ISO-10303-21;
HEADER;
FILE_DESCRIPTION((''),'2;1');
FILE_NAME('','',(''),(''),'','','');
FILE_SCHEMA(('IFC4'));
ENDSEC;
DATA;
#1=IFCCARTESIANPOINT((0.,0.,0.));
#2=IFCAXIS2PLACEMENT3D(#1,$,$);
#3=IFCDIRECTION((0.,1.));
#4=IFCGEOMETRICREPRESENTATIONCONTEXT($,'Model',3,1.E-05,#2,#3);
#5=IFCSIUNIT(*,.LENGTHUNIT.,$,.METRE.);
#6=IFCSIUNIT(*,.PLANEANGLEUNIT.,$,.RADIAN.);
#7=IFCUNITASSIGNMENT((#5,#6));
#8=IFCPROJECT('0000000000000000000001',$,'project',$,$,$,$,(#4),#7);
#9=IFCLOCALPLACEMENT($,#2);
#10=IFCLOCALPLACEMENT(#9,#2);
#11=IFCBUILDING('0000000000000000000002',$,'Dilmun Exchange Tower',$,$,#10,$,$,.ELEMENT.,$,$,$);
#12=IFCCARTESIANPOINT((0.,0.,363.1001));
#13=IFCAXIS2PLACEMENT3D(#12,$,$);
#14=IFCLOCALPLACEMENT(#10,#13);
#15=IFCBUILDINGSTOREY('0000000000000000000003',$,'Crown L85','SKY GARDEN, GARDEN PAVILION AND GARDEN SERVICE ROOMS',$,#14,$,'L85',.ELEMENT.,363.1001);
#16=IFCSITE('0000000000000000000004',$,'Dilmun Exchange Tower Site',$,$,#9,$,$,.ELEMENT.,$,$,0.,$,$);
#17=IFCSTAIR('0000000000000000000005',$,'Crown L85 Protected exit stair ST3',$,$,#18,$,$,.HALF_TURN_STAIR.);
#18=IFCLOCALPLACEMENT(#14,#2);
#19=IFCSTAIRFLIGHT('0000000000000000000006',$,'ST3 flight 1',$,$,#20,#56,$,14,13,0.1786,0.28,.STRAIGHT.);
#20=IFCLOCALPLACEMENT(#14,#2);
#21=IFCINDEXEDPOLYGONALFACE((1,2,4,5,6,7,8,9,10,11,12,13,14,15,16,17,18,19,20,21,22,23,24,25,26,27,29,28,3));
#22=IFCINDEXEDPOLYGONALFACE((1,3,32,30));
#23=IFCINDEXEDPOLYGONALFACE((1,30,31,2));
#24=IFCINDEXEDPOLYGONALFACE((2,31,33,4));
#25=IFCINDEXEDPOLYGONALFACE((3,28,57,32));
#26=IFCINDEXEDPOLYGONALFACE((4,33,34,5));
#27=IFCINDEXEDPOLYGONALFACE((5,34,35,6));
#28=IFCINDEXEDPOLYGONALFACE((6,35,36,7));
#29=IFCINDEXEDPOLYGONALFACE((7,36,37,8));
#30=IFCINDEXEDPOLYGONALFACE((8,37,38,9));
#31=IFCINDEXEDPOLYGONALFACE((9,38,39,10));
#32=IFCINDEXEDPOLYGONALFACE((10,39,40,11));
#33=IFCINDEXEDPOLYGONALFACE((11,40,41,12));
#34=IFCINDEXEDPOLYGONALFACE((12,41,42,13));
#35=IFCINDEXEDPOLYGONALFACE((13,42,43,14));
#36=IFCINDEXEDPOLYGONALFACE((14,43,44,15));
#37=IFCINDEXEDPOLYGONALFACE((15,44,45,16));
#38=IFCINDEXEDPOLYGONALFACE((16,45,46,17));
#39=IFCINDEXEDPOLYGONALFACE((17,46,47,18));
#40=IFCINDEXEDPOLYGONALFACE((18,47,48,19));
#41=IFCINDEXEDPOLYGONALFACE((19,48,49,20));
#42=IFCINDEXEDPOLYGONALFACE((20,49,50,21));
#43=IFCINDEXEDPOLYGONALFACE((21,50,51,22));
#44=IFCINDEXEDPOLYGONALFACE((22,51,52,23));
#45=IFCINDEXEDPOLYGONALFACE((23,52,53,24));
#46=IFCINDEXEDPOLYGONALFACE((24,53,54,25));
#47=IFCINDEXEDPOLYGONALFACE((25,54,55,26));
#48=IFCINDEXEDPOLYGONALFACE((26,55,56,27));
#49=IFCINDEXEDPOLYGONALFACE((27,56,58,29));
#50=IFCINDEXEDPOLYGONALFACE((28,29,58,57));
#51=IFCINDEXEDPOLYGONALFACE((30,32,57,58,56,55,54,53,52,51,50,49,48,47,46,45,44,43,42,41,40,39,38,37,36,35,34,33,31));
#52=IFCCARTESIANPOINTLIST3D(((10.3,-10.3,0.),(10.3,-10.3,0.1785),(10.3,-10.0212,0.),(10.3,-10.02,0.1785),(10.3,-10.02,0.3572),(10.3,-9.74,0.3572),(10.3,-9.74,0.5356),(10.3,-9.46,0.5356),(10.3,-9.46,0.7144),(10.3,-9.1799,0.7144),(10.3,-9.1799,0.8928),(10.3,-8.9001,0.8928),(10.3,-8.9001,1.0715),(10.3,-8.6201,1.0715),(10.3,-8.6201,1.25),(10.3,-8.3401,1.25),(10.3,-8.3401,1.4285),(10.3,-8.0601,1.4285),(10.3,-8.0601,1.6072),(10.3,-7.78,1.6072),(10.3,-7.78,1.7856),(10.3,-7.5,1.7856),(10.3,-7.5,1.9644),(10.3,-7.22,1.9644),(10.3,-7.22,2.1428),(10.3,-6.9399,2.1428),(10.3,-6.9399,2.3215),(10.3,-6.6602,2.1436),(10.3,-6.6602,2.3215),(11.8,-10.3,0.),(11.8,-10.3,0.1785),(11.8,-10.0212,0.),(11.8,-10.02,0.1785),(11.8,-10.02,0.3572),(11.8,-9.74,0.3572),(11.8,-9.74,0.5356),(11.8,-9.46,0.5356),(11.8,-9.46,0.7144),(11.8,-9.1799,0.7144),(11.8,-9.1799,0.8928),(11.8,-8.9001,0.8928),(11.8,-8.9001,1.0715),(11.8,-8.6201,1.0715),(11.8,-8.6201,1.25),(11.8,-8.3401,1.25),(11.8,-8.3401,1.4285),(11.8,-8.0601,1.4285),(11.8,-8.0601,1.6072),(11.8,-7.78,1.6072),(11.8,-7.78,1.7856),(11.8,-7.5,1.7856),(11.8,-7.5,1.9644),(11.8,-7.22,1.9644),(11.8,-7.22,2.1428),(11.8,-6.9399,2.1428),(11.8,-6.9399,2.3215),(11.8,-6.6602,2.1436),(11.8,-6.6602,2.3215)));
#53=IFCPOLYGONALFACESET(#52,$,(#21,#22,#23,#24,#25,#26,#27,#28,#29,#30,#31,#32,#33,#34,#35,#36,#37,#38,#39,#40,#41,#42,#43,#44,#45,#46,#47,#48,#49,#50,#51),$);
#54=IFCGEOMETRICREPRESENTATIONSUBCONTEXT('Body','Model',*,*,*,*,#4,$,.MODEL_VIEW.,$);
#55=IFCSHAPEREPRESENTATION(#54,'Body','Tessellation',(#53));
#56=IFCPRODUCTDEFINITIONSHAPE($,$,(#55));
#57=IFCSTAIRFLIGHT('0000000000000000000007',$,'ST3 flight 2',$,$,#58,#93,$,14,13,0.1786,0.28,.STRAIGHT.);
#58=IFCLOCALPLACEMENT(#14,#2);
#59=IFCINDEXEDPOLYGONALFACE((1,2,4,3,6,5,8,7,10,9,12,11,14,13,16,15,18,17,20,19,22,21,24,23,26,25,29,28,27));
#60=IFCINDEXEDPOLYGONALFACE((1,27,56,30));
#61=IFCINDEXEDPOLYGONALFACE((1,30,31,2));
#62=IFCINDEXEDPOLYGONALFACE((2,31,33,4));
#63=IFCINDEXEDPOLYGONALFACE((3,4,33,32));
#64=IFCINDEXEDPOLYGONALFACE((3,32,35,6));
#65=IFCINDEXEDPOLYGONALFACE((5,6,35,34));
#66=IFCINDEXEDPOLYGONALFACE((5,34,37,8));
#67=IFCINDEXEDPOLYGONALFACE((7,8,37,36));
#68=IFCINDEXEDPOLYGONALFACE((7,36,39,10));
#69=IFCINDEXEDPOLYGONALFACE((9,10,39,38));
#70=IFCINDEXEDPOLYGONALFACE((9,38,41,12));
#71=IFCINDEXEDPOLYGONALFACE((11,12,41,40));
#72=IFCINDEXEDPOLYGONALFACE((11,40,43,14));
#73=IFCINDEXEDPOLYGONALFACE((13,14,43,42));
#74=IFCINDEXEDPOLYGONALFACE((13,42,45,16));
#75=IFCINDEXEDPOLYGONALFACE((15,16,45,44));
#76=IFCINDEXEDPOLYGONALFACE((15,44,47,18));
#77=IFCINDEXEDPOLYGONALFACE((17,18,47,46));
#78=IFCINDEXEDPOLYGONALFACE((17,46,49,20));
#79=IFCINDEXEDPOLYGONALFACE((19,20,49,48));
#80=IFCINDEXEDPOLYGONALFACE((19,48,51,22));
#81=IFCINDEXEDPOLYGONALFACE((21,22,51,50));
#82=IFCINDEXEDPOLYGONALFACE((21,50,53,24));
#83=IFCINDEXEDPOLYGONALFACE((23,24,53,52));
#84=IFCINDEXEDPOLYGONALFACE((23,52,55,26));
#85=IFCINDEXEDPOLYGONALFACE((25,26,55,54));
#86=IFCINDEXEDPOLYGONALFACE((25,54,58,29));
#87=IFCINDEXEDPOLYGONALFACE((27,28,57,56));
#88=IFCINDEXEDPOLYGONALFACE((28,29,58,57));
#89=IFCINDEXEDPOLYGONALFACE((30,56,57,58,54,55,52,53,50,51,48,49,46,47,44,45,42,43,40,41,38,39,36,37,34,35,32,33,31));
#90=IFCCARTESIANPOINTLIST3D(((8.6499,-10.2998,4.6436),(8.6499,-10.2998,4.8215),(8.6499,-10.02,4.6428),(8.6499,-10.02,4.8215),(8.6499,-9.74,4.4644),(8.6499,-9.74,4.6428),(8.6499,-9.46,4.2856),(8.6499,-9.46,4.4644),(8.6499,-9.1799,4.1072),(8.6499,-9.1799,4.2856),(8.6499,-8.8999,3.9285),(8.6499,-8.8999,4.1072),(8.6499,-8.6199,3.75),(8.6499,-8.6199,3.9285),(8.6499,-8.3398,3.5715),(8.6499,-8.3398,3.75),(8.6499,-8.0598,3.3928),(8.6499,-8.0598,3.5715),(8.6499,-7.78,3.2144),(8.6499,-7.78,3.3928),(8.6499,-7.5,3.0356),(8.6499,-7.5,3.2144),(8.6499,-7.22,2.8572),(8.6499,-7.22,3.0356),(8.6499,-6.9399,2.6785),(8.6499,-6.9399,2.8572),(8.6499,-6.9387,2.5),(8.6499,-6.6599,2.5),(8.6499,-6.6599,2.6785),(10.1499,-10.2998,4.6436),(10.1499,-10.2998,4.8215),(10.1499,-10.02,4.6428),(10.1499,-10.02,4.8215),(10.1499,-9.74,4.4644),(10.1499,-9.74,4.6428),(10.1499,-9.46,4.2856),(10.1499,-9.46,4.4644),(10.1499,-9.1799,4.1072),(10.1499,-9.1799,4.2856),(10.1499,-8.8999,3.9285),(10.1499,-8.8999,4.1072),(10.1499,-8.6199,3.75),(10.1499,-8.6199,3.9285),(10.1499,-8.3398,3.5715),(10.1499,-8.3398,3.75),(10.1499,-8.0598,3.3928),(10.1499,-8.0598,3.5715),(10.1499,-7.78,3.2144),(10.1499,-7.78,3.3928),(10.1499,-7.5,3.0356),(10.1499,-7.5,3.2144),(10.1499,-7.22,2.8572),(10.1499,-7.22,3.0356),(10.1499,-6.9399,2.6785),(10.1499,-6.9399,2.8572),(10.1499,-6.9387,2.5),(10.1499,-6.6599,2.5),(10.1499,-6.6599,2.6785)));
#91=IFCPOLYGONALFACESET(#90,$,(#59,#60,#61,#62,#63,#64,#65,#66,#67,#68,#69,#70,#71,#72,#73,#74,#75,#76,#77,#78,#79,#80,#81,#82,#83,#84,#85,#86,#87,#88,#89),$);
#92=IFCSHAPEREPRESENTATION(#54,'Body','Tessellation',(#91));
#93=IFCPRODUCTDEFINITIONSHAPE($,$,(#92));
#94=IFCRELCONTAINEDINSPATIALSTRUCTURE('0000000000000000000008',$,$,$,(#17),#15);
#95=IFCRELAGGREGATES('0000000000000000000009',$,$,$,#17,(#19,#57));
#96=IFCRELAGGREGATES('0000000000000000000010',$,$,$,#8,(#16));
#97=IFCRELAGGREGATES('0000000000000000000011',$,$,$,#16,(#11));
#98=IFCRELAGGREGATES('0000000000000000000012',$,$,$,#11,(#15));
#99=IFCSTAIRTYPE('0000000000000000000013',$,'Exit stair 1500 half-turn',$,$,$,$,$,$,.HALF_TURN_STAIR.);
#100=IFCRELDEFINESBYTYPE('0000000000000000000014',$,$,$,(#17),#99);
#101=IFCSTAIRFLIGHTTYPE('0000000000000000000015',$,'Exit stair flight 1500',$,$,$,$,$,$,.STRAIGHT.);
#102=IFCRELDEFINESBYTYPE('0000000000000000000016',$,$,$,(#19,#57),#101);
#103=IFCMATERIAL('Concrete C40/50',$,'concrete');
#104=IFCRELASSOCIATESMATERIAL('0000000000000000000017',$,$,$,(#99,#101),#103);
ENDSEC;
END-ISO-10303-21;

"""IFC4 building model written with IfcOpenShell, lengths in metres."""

from ifc_helpers import new_model, si_unit, direction, frame, origin, place, context, subcontext, project, spatial, polyline, outline, extrude, material, type_object, element, aggregate, save


model = new_model("IFC4")

# Units and contexts
model_context = context("Model", 3, precision=1e-05, world=origin(), true_north=direction((0.0, 1.0)))
body_context = subcontext(model_context, "Body", "Model", "MODEL_VIEW")
ifc_project = project(units=[si_unit("LENGTHUNIT", "METRE"), si_unit("PLANEANGLEUNIT", "RADIAN")], contexts=[model_context])

# Site, building, storey
site_placement = place(None, origin())
site = spatial("IfcSite", under=ifc_project, at=site_placement, Name="Dilmun Exchange Tower Site", CompositionType="ELEMENT", RefElevation=0.0)
building_placement = place(site_placement, origin())
building = spatial("IfcBuilding", under=site, at=building_placement, Name="Dilmun Exchange Tower", CompositionType="ELEMENT")
storey_placement = place(building_placement, frame((0.0, 0.0, 363.1001)))
storey = spatial("IfcBuildingStorey", under=building, at=storey_placement, Name="Crown L85", Description="SKY GARDEN, GARDEN PAVILION AND GARDEN SERVICE ROOMS", LongName="L85", CompositionType="ELEMENT", Elevation=363.1001)

# Shared definitions
ifc_material_1 = material(Name="Concrete C40/50", Category="concrete")

# Stair, stair flights
stair_type = type_object("IfcStairType", Name="Exit stair 1500 half-turn", PredefinedType="HALF_TURN_STAIR", material=ifc_material_1)
stair_placement = place(storey_placement, origin())
stair = element("IfcStair", 1, at=stair_placement, inside=storey, type_object=stair_type, Name="Crown L85 Protected exit stair ST3", PredefinedType="HALF_TURN_STAIR")
stair_flight_type = type_object("IfcStairFlightType", Name="Exit stair flight 1500", PredefinedType="STRAIGHT", material=ifc_material_1)
stair_flight_1_placement = place(storey_placement, frame((11.05, -10.3, 0.0), z_axis=(0.0, 0.0, 1.0), x_axis=(0.0, 1.0, 0.0)))
stair_flight_1 = element("IfcStairFlight", 2, at=stair_flight_1_placement, type_object=stair_flight_type, Name="ST3 flight 1", NumberOfRisers=14, NumberOfTreads=13, PredefinedType="STRAIGHT", RiserHeight=0.1786, TreadLength=0.28, context=body_context, shape_type="SweptSolid", body=[
    extrude(outline(polyline([(0.0, 0.0), (0.0, 0.1785), (0.28, 0.1785), (0.28, 0.3572), (0.5601, 0.3572), (0.5601, 0.5356), (0.8401, 0.5356), (0.8401, 0.7144), (1.1201, 0.7144), (1.1201, 0.8928), (1.3999, 0.8928), (1.3999, 1.0715), (1.6799, 1.0715), (1.6799, 1.25), (1.96, 1.25), (1.96, 1.4285), (2.24, 1.4285), (2.24, 1.6072), (2.52, 1.6072), (2.52, 1.7856), (2.8, 1.7856), (2.8, 1.9644), (3.0801, 1.9644), (3.0801, 2.1428), (3.3601, 2.1428), (3.3601, 2.3215), (3.6399, 2.3215), (3.6399, 2.5), (3.6399, 2.1436), (0.2788, 0.0), (0.0, 0.0)])), frame((0.0, 0.75, 0.0), z_axis=(0.0, -1.0, 0.0), x_axis=(1.0, 0.0, 0.0)), (0.0, 0.0, 1.0), 1.5),
])
stair_flight_2_placement = place(storey_placement, frame((9.3999, -6.6599, 2.5), z_axis=(0.0, 0.0, 1.0), x_axis=(0.0, -1.0, 0.0)))
stair_flight_2 = element("IfcStairFlight", 3, at=stair_flight_2_placement, type_object=stair_flight_type, Name="ST3 flight 2", NumberOfRisers=14, NumberOfTreads=13, PredefinedType="STRAIGHT", RiserHeight=0.1786, TreadLength=0.28, context=body_context, shape_type="SweptSolid", body=[
    extrude(outline(polyline([(0.0, 0.0), (0.0, 0.1785), (0.28, 0.1785), (0.28, 0.3572), (0.5601, 0.3572), (0.5601, 0.5356), (0.8401, 0.5356), (0.8401, 0.7144), (1.1201, 0.7144), (1.1201, 0.8928), (1.3999, 0.8928), (1.3999, 1.0715), (1.6799, 1.0715), (1.6799, 1.25), (1.96, 1.25), (1.96, 1.4285), (2.24, 1.4285), (2.24, 1.6072), (2.52, 1.6072), (2.52, 1.7856), (2.8, 1.7856), (2.8, 1.9644), (3.0801, 1.9644), (3.0801, 2.1428), (3.3601, 2.1428), (3.3601, 2.3215), (3.6399, 2.3215), (3.6399, 2.5), (3.6399, 2.1436), (0.2788, 0.0), (0.0, 0.0)])), frame((0.0, 0.75, 0.0), z_axis=(0.0, -1.0, 0.0), x_axis=(1.0, 0.0, 0.0)), (0.0, 0.0, 1.0), 1.5),
])
aggregate(stair, [stair_flight_1, stair_flight_2])

save(model, "model.ifc")
